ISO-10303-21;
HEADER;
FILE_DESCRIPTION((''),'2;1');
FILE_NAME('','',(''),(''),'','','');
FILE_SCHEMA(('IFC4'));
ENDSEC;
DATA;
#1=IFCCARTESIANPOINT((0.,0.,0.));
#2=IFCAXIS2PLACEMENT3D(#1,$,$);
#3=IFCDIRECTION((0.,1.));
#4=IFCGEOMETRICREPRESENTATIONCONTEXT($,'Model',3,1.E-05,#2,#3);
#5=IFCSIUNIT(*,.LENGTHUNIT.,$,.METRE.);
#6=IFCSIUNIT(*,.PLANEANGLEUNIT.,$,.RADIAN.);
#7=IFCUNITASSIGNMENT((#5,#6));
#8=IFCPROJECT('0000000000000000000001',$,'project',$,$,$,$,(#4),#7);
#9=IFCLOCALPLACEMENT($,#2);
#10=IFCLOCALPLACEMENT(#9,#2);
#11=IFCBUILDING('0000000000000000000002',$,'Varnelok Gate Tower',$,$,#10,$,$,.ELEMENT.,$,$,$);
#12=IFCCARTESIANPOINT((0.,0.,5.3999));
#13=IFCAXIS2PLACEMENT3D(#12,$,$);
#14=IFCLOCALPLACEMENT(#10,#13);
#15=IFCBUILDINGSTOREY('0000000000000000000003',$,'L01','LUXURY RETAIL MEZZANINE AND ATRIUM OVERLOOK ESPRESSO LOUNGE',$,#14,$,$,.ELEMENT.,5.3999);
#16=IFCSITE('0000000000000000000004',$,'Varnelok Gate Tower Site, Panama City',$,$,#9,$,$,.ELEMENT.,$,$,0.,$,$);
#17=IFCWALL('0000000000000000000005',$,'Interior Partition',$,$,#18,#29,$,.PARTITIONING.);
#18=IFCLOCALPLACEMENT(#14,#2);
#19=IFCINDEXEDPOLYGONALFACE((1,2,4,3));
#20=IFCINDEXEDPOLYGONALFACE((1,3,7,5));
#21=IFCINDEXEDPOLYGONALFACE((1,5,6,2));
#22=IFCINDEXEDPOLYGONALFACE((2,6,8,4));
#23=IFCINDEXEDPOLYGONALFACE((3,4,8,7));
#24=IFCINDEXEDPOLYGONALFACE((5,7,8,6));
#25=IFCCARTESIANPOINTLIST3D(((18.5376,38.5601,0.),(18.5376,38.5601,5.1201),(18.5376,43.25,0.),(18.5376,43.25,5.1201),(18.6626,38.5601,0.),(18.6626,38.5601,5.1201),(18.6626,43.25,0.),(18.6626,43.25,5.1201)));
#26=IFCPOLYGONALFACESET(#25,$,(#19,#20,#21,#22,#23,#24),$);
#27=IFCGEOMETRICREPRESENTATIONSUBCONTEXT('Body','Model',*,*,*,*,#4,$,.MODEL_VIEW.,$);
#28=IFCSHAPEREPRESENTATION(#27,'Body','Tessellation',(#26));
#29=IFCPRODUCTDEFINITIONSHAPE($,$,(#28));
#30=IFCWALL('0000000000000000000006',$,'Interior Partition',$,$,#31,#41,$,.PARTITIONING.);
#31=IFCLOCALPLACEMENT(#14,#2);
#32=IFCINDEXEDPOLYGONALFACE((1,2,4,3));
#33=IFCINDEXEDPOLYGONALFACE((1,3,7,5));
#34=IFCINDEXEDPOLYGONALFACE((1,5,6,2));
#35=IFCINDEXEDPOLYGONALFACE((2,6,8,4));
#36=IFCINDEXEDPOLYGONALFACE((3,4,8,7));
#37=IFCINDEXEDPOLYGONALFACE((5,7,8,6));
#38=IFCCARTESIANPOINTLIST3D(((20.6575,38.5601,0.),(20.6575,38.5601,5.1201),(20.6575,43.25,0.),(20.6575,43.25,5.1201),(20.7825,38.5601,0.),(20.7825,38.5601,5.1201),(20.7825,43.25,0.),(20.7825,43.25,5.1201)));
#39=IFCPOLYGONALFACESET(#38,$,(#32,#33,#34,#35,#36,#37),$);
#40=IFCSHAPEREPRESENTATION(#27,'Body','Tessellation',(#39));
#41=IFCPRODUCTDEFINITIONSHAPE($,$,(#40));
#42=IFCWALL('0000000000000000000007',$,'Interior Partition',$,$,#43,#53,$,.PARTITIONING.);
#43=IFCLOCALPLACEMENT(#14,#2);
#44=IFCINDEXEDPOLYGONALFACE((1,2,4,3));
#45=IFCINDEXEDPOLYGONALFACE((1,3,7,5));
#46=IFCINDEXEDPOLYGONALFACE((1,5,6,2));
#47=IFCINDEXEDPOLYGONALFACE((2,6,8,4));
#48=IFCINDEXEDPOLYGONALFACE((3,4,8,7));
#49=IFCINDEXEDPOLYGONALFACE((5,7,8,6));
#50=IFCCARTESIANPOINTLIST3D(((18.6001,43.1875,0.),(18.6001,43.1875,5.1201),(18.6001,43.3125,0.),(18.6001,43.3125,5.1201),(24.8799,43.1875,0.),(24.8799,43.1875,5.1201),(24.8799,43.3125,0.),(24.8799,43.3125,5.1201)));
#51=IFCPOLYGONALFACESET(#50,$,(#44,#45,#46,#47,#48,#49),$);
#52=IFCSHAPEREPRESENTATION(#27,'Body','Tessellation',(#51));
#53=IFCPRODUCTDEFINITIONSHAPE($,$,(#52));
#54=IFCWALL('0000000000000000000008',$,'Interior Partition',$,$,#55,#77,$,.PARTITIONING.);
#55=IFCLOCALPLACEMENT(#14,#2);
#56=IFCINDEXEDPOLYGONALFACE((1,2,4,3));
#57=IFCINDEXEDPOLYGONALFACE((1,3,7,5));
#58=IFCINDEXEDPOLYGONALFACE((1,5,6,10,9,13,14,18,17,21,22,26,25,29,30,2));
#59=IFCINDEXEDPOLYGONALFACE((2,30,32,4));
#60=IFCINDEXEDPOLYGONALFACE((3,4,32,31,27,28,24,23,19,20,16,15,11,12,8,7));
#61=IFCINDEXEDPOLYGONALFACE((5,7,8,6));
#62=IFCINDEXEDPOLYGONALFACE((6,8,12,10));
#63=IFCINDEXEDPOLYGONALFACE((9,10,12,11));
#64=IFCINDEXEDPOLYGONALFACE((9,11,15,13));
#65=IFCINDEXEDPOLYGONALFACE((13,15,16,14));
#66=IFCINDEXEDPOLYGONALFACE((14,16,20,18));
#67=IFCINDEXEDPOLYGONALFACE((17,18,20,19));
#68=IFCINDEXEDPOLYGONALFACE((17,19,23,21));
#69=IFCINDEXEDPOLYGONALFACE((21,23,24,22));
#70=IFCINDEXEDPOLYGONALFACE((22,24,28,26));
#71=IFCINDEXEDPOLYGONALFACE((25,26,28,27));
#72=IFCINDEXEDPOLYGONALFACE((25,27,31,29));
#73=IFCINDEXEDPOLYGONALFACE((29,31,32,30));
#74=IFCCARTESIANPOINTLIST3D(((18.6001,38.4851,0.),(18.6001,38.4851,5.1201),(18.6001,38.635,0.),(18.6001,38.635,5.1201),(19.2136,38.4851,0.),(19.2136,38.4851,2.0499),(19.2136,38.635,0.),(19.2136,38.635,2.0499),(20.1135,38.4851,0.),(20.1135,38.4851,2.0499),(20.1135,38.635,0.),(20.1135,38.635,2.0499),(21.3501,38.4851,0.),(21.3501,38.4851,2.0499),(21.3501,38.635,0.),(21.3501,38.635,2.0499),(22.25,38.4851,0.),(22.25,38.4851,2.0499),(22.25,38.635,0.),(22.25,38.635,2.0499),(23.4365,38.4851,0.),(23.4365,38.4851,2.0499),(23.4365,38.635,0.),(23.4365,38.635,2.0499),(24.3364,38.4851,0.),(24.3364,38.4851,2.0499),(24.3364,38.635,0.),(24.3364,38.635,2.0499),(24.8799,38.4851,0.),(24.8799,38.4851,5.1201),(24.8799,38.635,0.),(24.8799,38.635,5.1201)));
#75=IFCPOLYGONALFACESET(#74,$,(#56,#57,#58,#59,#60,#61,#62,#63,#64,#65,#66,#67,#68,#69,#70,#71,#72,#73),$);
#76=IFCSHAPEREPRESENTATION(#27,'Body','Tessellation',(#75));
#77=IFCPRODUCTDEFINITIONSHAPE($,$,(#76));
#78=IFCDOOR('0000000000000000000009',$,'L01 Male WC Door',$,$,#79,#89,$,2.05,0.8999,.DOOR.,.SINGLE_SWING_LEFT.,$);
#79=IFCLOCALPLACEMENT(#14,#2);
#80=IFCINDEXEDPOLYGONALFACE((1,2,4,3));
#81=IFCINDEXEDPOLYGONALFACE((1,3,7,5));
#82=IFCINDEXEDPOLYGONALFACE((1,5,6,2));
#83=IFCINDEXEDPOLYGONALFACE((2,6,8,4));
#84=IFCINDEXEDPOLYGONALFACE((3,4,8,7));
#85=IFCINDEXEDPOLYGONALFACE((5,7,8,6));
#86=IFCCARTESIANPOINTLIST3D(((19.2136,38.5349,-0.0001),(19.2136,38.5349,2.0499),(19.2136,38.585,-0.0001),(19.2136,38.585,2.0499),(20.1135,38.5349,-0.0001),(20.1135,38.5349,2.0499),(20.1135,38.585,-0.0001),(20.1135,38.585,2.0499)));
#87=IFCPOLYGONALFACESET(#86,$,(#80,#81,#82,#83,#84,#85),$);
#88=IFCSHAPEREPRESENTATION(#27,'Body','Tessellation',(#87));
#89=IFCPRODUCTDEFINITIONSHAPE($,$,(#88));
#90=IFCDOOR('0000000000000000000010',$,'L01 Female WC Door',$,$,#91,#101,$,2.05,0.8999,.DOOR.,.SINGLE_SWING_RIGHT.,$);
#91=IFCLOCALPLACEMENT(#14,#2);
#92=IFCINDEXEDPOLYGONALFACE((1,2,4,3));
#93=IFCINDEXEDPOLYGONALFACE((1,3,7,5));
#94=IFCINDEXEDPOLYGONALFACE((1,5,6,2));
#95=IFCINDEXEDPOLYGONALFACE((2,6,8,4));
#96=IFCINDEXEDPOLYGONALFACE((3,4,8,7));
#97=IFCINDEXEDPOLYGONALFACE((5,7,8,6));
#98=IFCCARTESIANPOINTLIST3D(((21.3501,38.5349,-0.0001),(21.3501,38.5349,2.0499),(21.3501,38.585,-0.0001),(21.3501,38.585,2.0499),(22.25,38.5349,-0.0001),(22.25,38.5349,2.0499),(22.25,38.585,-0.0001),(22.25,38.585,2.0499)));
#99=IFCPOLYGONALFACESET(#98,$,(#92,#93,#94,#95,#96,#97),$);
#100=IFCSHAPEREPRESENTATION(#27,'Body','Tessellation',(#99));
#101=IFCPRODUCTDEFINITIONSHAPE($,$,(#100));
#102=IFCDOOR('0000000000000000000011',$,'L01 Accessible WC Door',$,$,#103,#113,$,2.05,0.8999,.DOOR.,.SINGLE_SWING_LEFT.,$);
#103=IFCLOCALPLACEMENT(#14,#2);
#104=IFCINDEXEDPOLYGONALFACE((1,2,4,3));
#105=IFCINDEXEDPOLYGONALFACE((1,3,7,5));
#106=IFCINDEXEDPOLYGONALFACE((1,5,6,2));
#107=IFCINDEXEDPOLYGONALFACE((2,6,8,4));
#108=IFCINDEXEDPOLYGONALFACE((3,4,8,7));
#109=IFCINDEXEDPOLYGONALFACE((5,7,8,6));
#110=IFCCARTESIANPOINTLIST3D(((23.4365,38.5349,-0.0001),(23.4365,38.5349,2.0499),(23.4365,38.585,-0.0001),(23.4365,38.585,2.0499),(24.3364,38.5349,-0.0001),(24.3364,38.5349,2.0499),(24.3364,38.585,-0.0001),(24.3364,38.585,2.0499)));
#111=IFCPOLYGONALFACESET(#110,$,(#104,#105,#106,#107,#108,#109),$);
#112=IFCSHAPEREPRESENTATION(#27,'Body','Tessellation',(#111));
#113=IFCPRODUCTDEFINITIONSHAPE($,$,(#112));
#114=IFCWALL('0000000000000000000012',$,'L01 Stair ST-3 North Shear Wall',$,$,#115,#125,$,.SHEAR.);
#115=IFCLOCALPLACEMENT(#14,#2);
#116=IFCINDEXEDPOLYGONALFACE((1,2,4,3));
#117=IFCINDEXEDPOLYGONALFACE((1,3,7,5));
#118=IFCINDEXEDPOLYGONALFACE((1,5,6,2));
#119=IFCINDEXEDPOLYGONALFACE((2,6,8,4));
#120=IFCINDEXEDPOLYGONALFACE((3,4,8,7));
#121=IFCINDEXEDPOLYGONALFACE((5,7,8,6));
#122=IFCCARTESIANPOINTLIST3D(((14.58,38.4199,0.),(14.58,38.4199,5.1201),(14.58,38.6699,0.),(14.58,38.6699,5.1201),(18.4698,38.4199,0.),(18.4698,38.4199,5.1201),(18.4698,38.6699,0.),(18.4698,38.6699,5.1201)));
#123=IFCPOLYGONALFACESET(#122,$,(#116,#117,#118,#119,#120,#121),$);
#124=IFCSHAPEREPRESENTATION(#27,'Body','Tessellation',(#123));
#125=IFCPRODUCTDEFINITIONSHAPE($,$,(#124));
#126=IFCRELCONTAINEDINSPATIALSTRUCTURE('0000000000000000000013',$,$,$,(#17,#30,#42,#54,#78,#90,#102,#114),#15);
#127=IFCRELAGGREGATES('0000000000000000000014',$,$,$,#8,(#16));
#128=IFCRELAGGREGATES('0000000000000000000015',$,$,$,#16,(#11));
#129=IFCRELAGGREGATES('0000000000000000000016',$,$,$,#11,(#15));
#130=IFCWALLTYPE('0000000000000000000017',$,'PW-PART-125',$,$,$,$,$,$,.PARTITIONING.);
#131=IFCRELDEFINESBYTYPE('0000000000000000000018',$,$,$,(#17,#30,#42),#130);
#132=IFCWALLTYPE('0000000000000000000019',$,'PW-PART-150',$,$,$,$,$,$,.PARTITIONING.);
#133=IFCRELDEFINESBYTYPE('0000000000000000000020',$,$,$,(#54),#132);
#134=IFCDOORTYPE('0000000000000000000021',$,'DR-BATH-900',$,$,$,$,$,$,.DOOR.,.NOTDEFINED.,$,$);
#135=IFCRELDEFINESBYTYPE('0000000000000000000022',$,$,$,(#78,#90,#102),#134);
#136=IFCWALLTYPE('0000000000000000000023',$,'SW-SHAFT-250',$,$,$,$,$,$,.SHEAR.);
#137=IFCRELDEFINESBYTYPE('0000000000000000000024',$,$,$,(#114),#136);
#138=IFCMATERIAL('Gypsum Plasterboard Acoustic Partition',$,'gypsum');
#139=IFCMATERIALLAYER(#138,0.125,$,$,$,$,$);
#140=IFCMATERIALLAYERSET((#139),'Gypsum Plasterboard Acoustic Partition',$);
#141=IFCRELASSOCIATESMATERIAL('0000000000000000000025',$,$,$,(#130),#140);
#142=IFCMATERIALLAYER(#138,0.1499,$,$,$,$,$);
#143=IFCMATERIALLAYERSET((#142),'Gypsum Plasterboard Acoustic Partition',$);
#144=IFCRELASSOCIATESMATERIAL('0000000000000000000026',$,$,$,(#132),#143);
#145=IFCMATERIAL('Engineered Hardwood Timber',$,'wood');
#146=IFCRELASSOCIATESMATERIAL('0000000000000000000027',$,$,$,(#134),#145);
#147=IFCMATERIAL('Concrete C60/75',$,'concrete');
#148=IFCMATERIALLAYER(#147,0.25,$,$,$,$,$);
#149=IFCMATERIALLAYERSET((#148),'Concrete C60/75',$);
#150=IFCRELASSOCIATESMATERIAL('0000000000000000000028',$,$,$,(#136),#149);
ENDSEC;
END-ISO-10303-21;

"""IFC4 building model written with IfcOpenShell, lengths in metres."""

from ifc_helpers import new_model, si_unit, direction, frame, frame_2d, origin, place, context, subcontext, project, spatial, rectangle, extrude, material, layer, layer_set, type_object, element, fill, save


model = new_model("IFC4")

# Units and contexts
model_context = context("Model", 3, precision=1e-05, world=origin(), true_north=direction((0.0, 1.0)))
body_context = subcontext(model_context, "Body", "Model", "MODEL_VIEW")
ifc_project = project(units=[si_unit("LENGTHUNIT", "METRE"), si_unit("PLANEANGLEUNIT", "RADIAN")], contexts=[model_context])

# Site, building, storey
site_placement = place(None, origin())
site = spatial("IfcSite", under=ifc_project, at=site_placement, Name="Varnelok Gate Tower Site, Panama City", CompositionType="ELEMENT", RefElevation=0.0)
building_placement = place(site_placement, origin())
building = spatial("IfcBuilding", under=site, at=building_placement, Name="Varnelok Gate Tower", CompositionType="ELEMENT")
storey_placement = place(building_placement, frame((0.0, 0.0, 5.3999)))
storey = spatial("IfcBuildingStorey", under=building, at=storey_placement, Name="L01", Description="LUXURY RETAIL MEZZANINE AND ATRIUM OVERLOOK ESPRESSO LOUNGE", CompositionType="ELEMENT", Elevation=5.3999)

# Shared definitions
ifc_material_1 = material(Name="Concrete C60/75", Category="concrete")

# Walls
ifc_material_2 = material(Name="Gypsum Plasterboard Acoustic Partition", Category="gypsum")
ifc_layer_1 = layer(ifc_material_2, 0.125)
ifc_layer_set_1 = layer_set([ifc_layer_1], Name="Gypsum Plasterboard Acoustic Partition")
wall_type_1 = type_object("IfcWallType", Name="PW-PART-125", PredefinedType="PARTITIONING", material=ifc_layer_set_1)
for number, where, z_axis, x_axis, name in (
    (1, (18.6001, 38.5601, 0.0), (0.0, 0.0, 1.0), (0.0, 1.0, 0.0), "Interior Partition"),
    (2, (20.72, 38.5601, 0.0), (0.0, 0.0, 1.0), (0.0, 1.0, 0.0), "Interior Partition"),
):
    element("IfcWall", number, at=place(storey_placement, frame(where, z_axis=z_axis, x_axis=x_axis)), inside=storey, type_object=wall_type_1, Name=name, PredefinedType="PARTITIONING", context=body_context, shape_type="SweptSolid", body=[
        extrude(rectangle(XDim=4.6899, YDim=0.125, at=frame_2d((2.345, 0.0))), origin(), (0.0, 0.0, 1.0), 5.1201),
    ])
wall_1_placement = place(storey_placement, frame((18.6001, 43.25, 0.0), z_axis=(0.0, 0.0, 1.0), x_axis=(1.0, 0.0, 0.0)))
element("IfcWall", 3, at=wall_1_placement, inside=storey, type_object=wall_type_1, Name="Interior Partition", PredefinedType="PARTITIONING", context=body_context, shape_type="SweptSolid", body=[
    extrude(rectangle(XDim=6.2798, YDim=0.125, at=frame_2d((3.1399, 0.0))), origin(), (0.0, 0.0, 1.0), 5.1201),
])

# Wall, openings, doors
ifc_layer_2 = layer(ifc_material_2, 0.1499)
ifc_layer_set_2 = layer_set([ifc_layer_2], Name="Gypsum Plasterboard Acoustic Partition")
wall_type_2 = type_object("IfcWallType", Name="PW-PART-150", PredefinedType="PARTITIONING", material=ifc_layer_set_2)
wall_2_placement = place(storey_placement, frame((18.6001, 38.5601, 0.0), z_axis=(0.0, 0.0, 1.0), x_axis=(1.0, 0.0, 0.0)))
wall_2 = element("IfcWall", 4, at=wall_2_placement, inside=storey, type_object=wall_type_2, Name="Interior Partition", PredefinedType="PARTITIONING", context=body_context, shape_type="SweptSolid", body=[
    extrude(rectangle(XDim=6.2798, YDim=0.1499, at=frame_2d((3.1399, 0.0))), origin(), (0.0, 0.0, 1.0), 5.1201),
])
opening_1_placement = place(wall_2_placement, frame((0.6135, 0.0, 0.0)))
opening_1 = element("IfcOpeningElement", 5, at=opening_1_placement, cuts=wall_2, PredefinedType="OPENING", context=body_context, shape_type="SweptSolid", body=[
    extrude(rectangle(XDim=0.8999, YDim=2.05, at=frame_2d((0.45, 1.0249))), frame((0.0, 0.085, 0.0), z_axis=(0.0, -1.0, 0.0), x_axis=(1.0, 0.0, 0.0)), (0.0, 0.0, 1.0), 0.1699),
])
opening_2_placement = place(wall_2_placement, frame((2.75, 0.0, 0.0)))
opening_2 = element("IfcOpeningElement", 6, at=opening_2_placement, cuts=wall_2, PredefinedType="OPENING", context=body_context, shape_type="SweptSolid", body=[
    extrude(rectangle(XDim=0.8999, YDim=2.05, at=frame_2d((0.45, 1.0249))), frame((0.0, 0.085, 0.0), z_axis=(0.0, -1.0, 0.0), x_axis=(1.0, 0.0, 0.0)), (0.0, 0.0, 1.0), 0.1699),
])
opening_3_placement = place(wall_2_placement, frame((4.8364, 0.0, 0.0)))
opening_3 = element("IfcOpeningElement", 7, at=opening_3_placement, cuts=wall_2, PredefinedType="OPENING", context=body_context, shape_type="SweptSolid", body=[
    extrude(rectangle(XDim=0.8999, YDim=2.05, at=frame_2d((0.45, 1.0249))), frame((0.0, 0.085, 0.0), z_axis=(0.0, -1.0, 0.0), x_axis=(1.0, 0.0, 0.0)), (0.0, 0.0, 1.0), 0.1699),
])
ifc_material_3 = material(Name="Engineered Hardwood Timber", Category="wood")
door_type = type_object("IfcDoorType", Name="DR-BATH-900", OperationType="NOTDEFINED", PredefinedType="DOOR", material=ifc_material_3)
door_1_placement = place(opening_1_placement, origin())
door_1 = element("IfcDoor", 8, at=door_1_placement, inside=storey, type_object=door_type, Name="L01 Male WC Door", OperationType="SINGLE_SWING_LEFT", OverallHeight=2.05, OverallWidth=0.8999, PredefinedType="DOOR", context=body_context, shape_type="SweptSolid", body=[
    extrude(rectangle(XDim=0.8999, YDim=2.05, at=frame_2d((0.45, 1.0249))), frame((0.0, 0.0249, 0.0), z_axis=(0.0, -1.0, 0.0), x_axis=(1.0, 0.0, 0.0)), (0.0, 0.0, 1.0), 0.05),
])
fill(opening_1, door_1)
door_2_placement = place(opening_2_placement, origin())
door_2 = element("IfcDoor", 9, at=door_2_placement, inside=storey, type_object=door_type, Name="L01 Female WC Door", OperationType="SINGLE_SWING_RIGHT", OverallHeight=2.05, OverallWidth=0.8999, PredefinedType="DOOR", context=body_context, shape_type="SweptSolid", body=[
    extrude(rectangle(XDim=0.8999, YDim=2.05, at=frame_2d((0.45, 1.0249))), frame((0.0, 0.0249, 0.0), z_axis=(0.0, -1.0, 0.0), x_axis=(1.0, 0.0, 0.0)), (0.0, 0.0, 1.0), 0.05),
])
fill(opening_2, door_2)
door_3_placement = place(opening_3_placement, origin())
door_3 = element("IfcDoor", 10, at=door_3_placement, inside=storey, type_object=door_type, Name="L01 Accessible WC Door", OperationType="SINGLE_SWING_LEFT", OverallHeight=2.05, OverallWidth=0.8999, PredefinedType="DOOR", context=body_context, shape_type="SweptSolid", body=[
    extrude(rectangle(XDim=0.8999, YDim=2.05, at=frame_2d((0.45, 1.0249))), frame((0.0, 0.0249, 0.0), z_axis=(0.0, -1.0, 0.0), x_axis=(1.0, 0.0, 0.0)), (0.0, 0.0, 1.0), 0.05),
])
fill(opening_3, door_3)

# Wall
ifc_layer_3 = layer(ifc_material_1, 0.25)
ifc_layer_set_3 = layer_set([ifc_layer_3], Name="Concrete C60/75")
wall_type_3 = type_object("IfcWallType", Name="SW-SHAFT-250", PredefinedType="SHEAR", material=ifc_layer_set_3)
wall_3_placement = place(storey_placement, frame((14.5801, 38.5449, 0.0), z_axis=(0.0, 0.0, 1.0), x_axis=(1.0, 0.0, 0.0)))
element("IfcWall", 11, at=wall_3_placement, inside=storey, type_object=wall_type_3, Name="L01 Stair ST-3 North Shear Wall", PredefinedType="SHEAR", context=body_context, shape_type="SweptSolid", body=[
    extrude(rectangle(XDim=3.8899, YDim=0.25, at=frame_2d((1.9448, 0.0))), origin(), (0.0, 0.0, 1.0), 5.1201),
])

save(model, "model.ifc")
